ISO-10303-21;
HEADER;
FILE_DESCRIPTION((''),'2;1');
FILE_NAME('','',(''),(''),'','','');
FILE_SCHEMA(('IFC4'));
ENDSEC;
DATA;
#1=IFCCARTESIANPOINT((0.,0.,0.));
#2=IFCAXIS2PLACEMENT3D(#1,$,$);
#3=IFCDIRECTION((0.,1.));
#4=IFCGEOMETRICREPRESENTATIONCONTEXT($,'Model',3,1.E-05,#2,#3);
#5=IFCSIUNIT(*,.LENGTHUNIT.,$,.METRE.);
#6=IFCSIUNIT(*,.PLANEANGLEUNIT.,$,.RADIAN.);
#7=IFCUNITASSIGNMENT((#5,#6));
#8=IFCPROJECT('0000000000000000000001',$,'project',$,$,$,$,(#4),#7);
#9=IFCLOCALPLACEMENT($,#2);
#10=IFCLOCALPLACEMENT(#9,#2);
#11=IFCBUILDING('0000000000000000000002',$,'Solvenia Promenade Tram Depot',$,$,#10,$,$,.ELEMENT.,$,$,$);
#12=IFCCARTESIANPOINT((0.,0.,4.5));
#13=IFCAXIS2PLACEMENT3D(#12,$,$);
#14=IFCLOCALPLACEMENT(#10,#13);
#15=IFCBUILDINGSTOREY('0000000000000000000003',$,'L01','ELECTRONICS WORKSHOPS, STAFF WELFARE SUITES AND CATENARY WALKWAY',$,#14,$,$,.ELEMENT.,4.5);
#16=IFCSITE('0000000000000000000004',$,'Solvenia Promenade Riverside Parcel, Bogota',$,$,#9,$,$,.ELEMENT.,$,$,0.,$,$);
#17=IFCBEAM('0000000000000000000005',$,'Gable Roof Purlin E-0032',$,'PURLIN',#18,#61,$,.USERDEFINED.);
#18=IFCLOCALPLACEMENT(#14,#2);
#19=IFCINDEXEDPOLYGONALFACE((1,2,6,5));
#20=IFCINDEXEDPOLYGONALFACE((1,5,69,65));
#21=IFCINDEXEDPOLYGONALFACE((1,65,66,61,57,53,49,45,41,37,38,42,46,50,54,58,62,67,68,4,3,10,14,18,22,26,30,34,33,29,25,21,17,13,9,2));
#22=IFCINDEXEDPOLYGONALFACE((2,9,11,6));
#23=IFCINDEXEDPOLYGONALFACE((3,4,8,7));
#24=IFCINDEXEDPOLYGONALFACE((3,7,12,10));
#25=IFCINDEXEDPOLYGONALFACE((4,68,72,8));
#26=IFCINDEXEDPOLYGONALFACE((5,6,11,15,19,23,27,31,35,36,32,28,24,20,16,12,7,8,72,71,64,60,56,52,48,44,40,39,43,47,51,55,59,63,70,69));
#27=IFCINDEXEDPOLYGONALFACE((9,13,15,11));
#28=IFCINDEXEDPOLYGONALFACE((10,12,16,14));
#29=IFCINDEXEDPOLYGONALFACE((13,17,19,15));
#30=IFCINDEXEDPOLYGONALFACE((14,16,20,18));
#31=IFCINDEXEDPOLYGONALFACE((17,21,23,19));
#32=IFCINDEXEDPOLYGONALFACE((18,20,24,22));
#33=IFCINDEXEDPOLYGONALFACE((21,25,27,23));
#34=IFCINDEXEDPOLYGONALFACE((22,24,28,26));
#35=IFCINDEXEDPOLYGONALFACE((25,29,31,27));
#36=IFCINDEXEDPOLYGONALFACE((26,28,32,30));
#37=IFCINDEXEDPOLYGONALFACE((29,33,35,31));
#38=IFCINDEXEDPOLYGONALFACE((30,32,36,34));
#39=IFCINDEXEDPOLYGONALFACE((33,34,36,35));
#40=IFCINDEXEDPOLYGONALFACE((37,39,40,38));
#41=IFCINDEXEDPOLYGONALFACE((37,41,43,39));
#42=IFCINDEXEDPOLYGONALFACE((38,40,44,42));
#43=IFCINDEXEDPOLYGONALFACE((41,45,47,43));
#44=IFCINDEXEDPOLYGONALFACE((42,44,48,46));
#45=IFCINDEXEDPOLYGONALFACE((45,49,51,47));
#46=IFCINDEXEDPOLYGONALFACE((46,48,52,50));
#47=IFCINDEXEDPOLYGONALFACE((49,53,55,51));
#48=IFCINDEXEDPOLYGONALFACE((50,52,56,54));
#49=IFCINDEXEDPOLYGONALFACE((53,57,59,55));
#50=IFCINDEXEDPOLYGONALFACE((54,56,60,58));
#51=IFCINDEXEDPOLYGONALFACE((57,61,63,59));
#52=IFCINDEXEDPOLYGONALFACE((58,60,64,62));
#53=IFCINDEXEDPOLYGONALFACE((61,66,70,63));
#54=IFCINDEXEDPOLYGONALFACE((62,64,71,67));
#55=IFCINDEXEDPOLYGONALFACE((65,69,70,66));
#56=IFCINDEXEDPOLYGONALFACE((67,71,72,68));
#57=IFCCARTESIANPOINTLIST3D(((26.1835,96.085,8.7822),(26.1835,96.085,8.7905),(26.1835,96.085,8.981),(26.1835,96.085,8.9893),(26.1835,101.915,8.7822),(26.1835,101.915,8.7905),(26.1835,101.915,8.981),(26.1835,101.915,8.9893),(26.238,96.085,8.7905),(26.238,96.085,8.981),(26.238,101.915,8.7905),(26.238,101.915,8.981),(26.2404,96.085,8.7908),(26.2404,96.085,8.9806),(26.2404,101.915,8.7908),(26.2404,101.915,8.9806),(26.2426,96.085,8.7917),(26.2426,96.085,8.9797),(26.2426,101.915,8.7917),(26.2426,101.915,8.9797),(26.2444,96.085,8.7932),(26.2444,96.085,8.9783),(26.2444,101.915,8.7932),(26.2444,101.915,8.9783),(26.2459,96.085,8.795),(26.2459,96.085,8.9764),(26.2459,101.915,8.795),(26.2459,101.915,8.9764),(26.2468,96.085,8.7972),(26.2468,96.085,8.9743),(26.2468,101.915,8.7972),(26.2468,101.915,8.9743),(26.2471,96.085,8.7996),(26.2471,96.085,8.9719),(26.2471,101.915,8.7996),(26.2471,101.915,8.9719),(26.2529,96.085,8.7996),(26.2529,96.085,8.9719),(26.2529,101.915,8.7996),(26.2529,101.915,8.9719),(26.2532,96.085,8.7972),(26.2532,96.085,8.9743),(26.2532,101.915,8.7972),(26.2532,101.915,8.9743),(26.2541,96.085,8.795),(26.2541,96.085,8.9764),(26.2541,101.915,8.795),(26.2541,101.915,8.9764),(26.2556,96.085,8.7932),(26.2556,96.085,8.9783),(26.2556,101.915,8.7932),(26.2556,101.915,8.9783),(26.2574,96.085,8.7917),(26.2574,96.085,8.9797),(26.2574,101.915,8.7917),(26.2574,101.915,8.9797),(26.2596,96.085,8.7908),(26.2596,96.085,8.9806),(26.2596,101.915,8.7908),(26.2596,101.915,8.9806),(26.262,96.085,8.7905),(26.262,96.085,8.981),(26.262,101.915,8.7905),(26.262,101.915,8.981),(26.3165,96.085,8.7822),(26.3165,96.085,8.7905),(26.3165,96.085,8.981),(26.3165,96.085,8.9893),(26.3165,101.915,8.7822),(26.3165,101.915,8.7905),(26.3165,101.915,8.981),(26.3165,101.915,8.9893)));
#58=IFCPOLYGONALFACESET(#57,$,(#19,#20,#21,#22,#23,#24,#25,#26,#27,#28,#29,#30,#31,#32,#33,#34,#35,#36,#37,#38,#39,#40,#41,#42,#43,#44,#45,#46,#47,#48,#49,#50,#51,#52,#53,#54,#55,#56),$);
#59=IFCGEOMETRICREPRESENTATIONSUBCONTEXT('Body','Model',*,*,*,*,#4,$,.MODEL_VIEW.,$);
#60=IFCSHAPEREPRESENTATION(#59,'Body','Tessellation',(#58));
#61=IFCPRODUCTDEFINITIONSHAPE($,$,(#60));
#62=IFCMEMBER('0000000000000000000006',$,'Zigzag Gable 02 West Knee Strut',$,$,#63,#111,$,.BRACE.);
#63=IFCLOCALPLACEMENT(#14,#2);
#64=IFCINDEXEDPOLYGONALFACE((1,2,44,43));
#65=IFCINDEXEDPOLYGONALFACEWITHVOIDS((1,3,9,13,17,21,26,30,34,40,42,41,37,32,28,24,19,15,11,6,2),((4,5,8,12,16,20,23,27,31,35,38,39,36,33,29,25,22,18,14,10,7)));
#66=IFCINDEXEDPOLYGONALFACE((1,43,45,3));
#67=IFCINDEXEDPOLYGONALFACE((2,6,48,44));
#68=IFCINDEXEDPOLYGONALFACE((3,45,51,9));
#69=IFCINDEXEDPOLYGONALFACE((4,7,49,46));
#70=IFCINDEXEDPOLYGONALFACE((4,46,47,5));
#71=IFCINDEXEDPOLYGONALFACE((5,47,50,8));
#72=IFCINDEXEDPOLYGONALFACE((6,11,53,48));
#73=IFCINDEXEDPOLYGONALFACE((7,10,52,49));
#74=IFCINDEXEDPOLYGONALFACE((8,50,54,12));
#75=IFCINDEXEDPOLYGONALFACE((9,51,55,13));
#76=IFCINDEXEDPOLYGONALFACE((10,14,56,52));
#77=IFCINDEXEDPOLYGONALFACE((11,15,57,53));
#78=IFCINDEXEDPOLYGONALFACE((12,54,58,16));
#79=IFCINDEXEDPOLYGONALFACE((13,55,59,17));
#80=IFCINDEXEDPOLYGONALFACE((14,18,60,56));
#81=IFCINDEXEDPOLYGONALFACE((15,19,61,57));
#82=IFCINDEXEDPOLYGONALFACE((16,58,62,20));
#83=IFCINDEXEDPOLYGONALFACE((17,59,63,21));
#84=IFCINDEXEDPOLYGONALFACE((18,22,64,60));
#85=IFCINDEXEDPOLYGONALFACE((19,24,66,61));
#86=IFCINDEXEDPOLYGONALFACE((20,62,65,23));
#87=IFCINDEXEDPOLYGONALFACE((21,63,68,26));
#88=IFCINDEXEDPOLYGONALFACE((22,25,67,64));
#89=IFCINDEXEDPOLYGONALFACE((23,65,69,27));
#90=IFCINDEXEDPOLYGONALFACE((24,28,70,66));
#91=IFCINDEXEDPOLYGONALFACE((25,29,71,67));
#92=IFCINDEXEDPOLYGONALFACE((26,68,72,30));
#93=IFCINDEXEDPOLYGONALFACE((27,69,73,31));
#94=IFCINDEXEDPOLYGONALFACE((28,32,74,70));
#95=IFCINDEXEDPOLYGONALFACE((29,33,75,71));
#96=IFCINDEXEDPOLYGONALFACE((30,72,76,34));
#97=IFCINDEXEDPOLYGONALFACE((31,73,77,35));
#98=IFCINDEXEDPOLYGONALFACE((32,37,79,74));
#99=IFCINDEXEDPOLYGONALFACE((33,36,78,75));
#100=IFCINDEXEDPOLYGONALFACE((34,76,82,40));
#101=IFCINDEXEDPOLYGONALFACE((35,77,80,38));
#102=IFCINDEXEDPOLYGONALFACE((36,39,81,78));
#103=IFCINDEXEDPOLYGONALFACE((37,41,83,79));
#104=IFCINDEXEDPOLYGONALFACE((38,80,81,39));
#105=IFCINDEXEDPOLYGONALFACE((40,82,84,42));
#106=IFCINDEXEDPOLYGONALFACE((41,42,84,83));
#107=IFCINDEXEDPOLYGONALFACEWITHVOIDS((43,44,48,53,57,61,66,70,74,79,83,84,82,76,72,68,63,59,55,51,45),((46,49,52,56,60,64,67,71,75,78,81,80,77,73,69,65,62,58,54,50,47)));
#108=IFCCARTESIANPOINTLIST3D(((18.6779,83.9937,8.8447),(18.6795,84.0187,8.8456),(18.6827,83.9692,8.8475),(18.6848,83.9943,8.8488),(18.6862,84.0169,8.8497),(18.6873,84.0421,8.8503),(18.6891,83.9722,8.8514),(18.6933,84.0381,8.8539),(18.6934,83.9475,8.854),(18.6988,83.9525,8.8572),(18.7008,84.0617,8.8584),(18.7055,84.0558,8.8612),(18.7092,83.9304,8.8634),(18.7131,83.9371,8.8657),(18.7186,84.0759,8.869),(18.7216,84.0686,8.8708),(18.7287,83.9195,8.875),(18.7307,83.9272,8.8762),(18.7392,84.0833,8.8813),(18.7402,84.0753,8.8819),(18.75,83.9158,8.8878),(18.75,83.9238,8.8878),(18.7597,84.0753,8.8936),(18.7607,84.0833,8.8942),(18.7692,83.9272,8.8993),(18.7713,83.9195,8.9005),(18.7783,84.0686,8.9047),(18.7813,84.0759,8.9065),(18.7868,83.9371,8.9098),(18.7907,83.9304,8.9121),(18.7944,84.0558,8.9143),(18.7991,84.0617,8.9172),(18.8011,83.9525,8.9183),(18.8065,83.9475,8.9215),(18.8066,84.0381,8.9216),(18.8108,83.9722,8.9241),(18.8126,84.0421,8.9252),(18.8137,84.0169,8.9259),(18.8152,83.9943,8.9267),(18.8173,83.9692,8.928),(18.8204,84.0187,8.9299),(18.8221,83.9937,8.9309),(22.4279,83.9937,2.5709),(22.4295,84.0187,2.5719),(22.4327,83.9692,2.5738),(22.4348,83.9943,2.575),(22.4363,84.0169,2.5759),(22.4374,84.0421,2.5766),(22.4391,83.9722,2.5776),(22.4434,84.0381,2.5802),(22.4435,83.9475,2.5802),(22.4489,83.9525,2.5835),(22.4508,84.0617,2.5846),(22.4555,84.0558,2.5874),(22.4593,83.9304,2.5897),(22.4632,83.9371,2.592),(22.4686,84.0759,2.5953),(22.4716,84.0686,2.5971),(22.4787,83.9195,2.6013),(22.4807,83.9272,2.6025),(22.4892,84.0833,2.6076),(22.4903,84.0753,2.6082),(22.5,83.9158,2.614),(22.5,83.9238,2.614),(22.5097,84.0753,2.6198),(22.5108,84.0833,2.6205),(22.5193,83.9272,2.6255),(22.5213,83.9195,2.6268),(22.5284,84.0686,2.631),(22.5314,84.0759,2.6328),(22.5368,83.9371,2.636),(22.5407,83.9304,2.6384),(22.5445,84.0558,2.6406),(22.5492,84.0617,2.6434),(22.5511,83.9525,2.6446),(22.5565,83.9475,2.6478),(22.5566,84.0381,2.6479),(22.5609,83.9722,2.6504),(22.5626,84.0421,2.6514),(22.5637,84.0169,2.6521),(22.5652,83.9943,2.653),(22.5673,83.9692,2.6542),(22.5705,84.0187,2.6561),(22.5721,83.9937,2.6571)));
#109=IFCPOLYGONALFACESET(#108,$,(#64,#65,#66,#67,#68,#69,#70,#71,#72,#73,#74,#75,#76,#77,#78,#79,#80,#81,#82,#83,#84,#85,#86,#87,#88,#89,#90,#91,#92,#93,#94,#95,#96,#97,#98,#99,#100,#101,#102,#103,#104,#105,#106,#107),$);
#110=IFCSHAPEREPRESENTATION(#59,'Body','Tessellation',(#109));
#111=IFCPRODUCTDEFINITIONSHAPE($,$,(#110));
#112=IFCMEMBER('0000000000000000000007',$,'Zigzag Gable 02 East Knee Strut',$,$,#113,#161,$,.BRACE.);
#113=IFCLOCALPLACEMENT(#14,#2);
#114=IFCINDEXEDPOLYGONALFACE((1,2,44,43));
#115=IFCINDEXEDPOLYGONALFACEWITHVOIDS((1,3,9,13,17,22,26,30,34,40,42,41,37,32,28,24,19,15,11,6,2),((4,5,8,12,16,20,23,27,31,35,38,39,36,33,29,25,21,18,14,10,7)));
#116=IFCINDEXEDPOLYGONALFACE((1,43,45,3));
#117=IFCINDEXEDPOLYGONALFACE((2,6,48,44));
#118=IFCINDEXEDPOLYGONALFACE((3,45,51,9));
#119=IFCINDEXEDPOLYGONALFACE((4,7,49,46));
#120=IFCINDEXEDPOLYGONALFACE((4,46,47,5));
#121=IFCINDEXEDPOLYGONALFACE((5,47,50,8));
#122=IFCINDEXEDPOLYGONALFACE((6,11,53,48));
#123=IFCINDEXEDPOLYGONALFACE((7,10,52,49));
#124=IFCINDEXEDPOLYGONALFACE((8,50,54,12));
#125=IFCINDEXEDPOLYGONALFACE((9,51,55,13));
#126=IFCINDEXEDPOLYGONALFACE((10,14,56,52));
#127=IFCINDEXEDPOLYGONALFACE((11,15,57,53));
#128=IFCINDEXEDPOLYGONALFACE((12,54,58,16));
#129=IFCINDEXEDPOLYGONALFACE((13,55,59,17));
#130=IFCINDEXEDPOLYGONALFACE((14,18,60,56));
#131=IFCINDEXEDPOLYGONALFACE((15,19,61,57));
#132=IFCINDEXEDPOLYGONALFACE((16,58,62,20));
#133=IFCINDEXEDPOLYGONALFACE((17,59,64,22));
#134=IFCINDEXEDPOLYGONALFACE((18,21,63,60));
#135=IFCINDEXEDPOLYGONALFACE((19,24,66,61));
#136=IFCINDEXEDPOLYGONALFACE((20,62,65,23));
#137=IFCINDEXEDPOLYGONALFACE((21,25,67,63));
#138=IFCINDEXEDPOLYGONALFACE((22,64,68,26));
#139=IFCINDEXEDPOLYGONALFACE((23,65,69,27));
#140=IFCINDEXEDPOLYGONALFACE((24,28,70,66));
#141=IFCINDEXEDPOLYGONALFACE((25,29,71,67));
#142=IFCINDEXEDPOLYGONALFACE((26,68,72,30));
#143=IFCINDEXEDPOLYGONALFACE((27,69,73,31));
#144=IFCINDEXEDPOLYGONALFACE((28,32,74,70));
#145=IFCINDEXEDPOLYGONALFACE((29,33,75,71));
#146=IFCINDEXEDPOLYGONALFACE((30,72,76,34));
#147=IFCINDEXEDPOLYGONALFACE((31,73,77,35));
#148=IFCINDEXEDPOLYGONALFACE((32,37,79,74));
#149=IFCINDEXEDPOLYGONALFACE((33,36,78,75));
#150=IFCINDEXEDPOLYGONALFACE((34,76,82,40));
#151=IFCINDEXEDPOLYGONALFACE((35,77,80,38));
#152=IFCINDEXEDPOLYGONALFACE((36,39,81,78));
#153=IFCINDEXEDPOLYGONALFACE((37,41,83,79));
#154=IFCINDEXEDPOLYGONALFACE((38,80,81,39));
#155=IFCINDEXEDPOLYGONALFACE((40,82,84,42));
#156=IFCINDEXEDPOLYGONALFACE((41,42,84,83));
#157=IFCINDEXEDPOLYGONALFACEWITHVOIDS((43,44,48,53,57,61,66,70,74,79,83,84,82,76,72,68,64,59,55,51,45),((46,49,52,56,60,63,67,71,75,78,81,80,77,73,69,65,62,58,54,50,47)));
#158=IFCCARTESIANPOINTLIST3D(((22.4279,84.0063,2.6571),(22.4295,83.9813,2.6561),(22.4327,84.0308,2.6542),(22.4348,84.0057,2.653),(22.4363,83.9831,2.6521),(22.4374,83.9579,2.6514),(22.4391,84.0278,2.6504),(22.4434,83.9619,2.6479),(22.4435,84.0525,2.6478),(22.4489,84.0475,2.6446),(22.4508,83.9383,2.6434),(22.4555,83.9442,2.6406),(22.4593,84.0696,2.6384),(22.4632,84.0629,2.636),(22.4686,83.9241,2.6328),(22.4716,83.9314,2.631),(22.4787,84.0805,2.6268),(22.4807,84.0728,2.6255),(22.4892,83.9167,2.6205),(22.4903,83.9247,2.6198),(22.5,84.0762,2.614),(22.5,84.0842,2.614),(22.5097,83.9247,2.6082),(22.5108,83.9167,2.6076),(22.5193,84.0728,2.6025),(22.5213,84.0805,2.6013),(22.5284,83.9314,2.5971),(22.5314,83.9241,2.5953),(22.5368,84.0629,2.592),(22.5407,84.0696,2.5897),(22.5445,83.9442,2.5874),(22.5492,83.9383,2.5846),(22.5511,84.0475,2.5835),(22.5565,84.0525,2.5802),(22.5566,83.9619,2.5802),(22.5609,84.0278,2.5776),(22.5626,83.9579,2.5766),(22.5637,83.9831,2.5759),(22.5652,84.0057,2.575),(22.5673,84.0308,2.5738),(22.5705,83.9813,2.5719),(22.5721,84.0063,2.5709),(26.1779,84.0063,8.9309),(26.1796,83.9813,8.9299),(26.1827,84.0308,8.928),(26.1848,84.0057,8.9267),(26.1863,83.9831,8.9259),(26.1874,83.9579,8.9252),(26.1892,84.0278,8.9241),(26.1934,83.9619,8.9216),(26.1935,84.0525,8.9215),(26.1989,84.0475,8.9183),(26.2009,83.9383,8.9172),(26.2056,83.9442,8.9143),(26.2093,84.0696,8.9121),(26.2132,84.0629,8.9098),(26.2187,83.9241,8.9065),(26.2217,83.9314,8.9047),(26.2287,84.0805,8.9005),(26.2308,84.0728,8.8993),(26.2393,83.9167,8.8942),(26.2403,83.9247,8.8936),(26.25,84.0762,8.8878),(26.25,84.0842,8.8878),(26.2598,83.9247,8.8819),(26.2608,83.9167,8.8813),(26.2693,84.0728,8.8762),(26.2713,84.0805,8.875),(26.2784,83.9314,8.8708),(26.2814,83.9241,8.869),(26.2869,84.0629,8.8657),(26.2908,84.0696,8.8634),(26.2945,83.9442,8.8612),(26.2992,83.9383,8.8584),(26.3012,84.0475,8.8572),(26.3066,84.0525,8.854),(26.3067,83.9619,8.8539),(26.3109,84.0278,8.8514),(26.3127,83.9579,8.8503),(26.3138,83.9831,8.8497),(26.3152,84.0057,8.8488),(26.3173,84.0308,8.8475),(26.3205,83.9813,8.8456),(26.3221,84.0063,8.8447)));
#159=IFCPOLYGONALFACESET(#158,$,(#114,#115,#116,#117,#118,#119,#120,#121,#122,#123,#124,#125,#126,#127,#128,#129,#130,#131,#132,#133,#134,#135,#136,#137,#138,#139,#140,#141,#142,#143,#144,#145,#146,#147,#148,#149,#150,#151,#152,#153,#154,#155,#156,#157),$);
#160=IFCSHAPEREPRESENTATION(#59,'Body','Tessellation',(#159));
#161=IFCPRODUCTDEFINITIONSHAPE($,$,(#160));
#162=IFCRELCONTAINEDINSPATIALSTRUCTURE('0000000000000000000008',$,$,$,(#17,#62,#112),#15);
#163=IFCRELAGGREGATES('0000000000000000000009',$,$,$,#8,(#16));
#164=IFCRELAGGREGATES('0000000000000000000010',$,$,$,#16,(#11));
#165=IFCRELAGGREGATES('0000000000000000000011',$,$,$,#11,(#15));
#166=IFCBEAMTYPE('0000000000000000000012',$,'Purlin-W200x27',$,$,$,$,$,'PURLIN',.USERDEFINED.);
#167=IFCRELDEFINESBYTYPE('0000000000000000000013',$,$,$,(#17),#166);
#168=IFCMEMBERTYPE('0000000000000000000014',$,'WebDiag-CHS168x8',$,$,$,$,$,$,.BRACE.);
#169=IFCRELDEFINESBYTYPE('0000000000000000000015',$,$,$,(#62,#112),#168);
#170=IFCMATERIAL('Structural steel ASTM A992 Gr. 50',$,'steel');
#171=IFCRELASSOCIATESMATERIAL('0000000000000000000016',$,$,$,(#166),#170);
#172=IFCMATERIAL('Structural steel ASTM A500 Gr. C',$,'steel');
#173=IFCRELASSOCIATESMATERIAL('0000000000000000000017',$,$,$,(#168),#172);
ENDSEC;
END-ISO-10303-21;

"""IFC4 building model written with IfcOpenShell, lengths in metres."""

from ifc_helpers import new_model, si_unit, direction, frame, origin, origin_2d, place, context, subcontext, project, spatial, hollow_circle, i_section, extrude, material, material_profile, profile_set, type_object, element, save


model = new_model("IFC4")

# Units and contexts
model_context = context("Model", 3, precision=1e-05, world=origin(), true_north=direction((0.0, 1.0)))
body_context = subcontext(model_context, "Body", "Model", "MODEL_VIEW")
ifc_project = project(units=[si_unit("LENGTHUNIT", "METRE"), si_unit("PLANEANGLEUNIT", "RADIAN")], contexts=[model_context])

# Site, building, storey
site_placement = place(None, origin())
site = spatial("IfcSite", under=ifc_project, at=site_placement, Name="Solvenia Promenade Riverside Parcel, Bogota", CompositionType="ELEMENT", RefElevation=0.0)
building_placement = place(site_placement, origin())
building = spatial("IfcBuilding", under=site, at=building_placement, Name="Solvenia Promenade Tram Depot", CompositionType="ELEMENT")
storey_placement = place(building_placement, frame((0.0, 0.0, 4.5)))
storey = spatial("IfcBuildingStorey", under=building, at=storey_placement, Name="L01", Description="ELECTRONICS WORKSHOPS, STAFF WELFARE SUITES AND CATENARY WALKWAY", CompositionType="ELEMENT", Elevation=4.5)

# Shared definitions
ifc_material_1 = material(Name="Structural steel ASTM A500 Gr. C", Category="steel")

# Beam
ifc_material_2 = material(Name="Structural steel ASTM A992 Gr. 50", Category="steel")
ifc_material_profile_1 = material_profile(ifc_material_2, i_section(OverallWidth=0.1331, OverallDepth=0.207, WebThickness=0.0059, FlangeThickness=0.0083, FilletRadius=0.009, at=origin_2d()), Name="W200x27", Category="steel")
ifc_profile_set_1 = profile_set([ifc_material_profile_1], Name="Structural steel ASTM A992 Gr. 50")
beam_type = type_object("IfcBeamType", Name="Purlin-W200x27", ElementType="PURLIN", PredefinedType="USERDEFINED", material=ifc_profile_set_1)
for number, where, z_axis, x_axis, name in (
    (1, (26.25, 96.085, 8.8857), (0.0, 1.0, 0.0), (-1.0, 0.0, 0.0), "Gable Roof Purlin E-0032"),
):
    element("IfcBeam", number, at=place(storey_placement, frame(where, z_axis=z_axis, x_axis=x_axis)), inside=storey, type_object=beam_type, Name=name, ObjectType="PURLIN", PredefinedType="USERDEFINED", context=body_context, shape_type="SweptSolid", body=[
        extrude(i_section(OverallWidth=0.1331, OverallDepth=0.207, WebThickness=0.0059, FlangeThickness=0.0083, FilletRadius=0.009, at=origin_2d()), origin(), (0.0, 0.0, 1.0), 5.8301),
    ])

# Members
ifc_material_profile_2 = material_profile(ifc_material_1, hollow_circle(Radius=0.0842, WallThickness=0.0081, at=origin_2d()), Name="CHS168.3x8", Category="steel")
ifc_profile_set_2 = profile_set([ifc_material_profile_2], Name="Structural steel ASTM A500 Gr. C")
member_type_1 = type_object("IfcMemberType", Name="WebDiag-CHS168x8", PredefinedType="BRACE", material=ifc_profile_set_2)
for number, where, z_axis, x_axis, name in (
    (2, (22.5, 84.0, 2.614), (-0.513066, 0.0, 0.858349), (0.0, -1.0, 0.0), "Zigzag Gable 02 West Knee Strut"),
    (3, (22.5, 84.0, 2.614), (0.513066, 0.0, 0.858349), (0.0, 1.0, 0.0), "Zigzag Gable 02 East Knee Strut"),
):
    element("IfcMember", number, at=place(storey_placement, frame(where, z_axis=z_axis, x_axis=x_axis)), inside=storey, type_object=member_type_1, Name=name, PredefinedType="BRACE", context=body_context, shape_type="SweptSolid", body=[
        extrude(hollow_circle(Radius=0.0842, WallThickness=0.0081, at=origin_2d()), origin(), (0.0, 0.0, 1.0), 7.3091),
    ])

save(model, "model.ifc")
